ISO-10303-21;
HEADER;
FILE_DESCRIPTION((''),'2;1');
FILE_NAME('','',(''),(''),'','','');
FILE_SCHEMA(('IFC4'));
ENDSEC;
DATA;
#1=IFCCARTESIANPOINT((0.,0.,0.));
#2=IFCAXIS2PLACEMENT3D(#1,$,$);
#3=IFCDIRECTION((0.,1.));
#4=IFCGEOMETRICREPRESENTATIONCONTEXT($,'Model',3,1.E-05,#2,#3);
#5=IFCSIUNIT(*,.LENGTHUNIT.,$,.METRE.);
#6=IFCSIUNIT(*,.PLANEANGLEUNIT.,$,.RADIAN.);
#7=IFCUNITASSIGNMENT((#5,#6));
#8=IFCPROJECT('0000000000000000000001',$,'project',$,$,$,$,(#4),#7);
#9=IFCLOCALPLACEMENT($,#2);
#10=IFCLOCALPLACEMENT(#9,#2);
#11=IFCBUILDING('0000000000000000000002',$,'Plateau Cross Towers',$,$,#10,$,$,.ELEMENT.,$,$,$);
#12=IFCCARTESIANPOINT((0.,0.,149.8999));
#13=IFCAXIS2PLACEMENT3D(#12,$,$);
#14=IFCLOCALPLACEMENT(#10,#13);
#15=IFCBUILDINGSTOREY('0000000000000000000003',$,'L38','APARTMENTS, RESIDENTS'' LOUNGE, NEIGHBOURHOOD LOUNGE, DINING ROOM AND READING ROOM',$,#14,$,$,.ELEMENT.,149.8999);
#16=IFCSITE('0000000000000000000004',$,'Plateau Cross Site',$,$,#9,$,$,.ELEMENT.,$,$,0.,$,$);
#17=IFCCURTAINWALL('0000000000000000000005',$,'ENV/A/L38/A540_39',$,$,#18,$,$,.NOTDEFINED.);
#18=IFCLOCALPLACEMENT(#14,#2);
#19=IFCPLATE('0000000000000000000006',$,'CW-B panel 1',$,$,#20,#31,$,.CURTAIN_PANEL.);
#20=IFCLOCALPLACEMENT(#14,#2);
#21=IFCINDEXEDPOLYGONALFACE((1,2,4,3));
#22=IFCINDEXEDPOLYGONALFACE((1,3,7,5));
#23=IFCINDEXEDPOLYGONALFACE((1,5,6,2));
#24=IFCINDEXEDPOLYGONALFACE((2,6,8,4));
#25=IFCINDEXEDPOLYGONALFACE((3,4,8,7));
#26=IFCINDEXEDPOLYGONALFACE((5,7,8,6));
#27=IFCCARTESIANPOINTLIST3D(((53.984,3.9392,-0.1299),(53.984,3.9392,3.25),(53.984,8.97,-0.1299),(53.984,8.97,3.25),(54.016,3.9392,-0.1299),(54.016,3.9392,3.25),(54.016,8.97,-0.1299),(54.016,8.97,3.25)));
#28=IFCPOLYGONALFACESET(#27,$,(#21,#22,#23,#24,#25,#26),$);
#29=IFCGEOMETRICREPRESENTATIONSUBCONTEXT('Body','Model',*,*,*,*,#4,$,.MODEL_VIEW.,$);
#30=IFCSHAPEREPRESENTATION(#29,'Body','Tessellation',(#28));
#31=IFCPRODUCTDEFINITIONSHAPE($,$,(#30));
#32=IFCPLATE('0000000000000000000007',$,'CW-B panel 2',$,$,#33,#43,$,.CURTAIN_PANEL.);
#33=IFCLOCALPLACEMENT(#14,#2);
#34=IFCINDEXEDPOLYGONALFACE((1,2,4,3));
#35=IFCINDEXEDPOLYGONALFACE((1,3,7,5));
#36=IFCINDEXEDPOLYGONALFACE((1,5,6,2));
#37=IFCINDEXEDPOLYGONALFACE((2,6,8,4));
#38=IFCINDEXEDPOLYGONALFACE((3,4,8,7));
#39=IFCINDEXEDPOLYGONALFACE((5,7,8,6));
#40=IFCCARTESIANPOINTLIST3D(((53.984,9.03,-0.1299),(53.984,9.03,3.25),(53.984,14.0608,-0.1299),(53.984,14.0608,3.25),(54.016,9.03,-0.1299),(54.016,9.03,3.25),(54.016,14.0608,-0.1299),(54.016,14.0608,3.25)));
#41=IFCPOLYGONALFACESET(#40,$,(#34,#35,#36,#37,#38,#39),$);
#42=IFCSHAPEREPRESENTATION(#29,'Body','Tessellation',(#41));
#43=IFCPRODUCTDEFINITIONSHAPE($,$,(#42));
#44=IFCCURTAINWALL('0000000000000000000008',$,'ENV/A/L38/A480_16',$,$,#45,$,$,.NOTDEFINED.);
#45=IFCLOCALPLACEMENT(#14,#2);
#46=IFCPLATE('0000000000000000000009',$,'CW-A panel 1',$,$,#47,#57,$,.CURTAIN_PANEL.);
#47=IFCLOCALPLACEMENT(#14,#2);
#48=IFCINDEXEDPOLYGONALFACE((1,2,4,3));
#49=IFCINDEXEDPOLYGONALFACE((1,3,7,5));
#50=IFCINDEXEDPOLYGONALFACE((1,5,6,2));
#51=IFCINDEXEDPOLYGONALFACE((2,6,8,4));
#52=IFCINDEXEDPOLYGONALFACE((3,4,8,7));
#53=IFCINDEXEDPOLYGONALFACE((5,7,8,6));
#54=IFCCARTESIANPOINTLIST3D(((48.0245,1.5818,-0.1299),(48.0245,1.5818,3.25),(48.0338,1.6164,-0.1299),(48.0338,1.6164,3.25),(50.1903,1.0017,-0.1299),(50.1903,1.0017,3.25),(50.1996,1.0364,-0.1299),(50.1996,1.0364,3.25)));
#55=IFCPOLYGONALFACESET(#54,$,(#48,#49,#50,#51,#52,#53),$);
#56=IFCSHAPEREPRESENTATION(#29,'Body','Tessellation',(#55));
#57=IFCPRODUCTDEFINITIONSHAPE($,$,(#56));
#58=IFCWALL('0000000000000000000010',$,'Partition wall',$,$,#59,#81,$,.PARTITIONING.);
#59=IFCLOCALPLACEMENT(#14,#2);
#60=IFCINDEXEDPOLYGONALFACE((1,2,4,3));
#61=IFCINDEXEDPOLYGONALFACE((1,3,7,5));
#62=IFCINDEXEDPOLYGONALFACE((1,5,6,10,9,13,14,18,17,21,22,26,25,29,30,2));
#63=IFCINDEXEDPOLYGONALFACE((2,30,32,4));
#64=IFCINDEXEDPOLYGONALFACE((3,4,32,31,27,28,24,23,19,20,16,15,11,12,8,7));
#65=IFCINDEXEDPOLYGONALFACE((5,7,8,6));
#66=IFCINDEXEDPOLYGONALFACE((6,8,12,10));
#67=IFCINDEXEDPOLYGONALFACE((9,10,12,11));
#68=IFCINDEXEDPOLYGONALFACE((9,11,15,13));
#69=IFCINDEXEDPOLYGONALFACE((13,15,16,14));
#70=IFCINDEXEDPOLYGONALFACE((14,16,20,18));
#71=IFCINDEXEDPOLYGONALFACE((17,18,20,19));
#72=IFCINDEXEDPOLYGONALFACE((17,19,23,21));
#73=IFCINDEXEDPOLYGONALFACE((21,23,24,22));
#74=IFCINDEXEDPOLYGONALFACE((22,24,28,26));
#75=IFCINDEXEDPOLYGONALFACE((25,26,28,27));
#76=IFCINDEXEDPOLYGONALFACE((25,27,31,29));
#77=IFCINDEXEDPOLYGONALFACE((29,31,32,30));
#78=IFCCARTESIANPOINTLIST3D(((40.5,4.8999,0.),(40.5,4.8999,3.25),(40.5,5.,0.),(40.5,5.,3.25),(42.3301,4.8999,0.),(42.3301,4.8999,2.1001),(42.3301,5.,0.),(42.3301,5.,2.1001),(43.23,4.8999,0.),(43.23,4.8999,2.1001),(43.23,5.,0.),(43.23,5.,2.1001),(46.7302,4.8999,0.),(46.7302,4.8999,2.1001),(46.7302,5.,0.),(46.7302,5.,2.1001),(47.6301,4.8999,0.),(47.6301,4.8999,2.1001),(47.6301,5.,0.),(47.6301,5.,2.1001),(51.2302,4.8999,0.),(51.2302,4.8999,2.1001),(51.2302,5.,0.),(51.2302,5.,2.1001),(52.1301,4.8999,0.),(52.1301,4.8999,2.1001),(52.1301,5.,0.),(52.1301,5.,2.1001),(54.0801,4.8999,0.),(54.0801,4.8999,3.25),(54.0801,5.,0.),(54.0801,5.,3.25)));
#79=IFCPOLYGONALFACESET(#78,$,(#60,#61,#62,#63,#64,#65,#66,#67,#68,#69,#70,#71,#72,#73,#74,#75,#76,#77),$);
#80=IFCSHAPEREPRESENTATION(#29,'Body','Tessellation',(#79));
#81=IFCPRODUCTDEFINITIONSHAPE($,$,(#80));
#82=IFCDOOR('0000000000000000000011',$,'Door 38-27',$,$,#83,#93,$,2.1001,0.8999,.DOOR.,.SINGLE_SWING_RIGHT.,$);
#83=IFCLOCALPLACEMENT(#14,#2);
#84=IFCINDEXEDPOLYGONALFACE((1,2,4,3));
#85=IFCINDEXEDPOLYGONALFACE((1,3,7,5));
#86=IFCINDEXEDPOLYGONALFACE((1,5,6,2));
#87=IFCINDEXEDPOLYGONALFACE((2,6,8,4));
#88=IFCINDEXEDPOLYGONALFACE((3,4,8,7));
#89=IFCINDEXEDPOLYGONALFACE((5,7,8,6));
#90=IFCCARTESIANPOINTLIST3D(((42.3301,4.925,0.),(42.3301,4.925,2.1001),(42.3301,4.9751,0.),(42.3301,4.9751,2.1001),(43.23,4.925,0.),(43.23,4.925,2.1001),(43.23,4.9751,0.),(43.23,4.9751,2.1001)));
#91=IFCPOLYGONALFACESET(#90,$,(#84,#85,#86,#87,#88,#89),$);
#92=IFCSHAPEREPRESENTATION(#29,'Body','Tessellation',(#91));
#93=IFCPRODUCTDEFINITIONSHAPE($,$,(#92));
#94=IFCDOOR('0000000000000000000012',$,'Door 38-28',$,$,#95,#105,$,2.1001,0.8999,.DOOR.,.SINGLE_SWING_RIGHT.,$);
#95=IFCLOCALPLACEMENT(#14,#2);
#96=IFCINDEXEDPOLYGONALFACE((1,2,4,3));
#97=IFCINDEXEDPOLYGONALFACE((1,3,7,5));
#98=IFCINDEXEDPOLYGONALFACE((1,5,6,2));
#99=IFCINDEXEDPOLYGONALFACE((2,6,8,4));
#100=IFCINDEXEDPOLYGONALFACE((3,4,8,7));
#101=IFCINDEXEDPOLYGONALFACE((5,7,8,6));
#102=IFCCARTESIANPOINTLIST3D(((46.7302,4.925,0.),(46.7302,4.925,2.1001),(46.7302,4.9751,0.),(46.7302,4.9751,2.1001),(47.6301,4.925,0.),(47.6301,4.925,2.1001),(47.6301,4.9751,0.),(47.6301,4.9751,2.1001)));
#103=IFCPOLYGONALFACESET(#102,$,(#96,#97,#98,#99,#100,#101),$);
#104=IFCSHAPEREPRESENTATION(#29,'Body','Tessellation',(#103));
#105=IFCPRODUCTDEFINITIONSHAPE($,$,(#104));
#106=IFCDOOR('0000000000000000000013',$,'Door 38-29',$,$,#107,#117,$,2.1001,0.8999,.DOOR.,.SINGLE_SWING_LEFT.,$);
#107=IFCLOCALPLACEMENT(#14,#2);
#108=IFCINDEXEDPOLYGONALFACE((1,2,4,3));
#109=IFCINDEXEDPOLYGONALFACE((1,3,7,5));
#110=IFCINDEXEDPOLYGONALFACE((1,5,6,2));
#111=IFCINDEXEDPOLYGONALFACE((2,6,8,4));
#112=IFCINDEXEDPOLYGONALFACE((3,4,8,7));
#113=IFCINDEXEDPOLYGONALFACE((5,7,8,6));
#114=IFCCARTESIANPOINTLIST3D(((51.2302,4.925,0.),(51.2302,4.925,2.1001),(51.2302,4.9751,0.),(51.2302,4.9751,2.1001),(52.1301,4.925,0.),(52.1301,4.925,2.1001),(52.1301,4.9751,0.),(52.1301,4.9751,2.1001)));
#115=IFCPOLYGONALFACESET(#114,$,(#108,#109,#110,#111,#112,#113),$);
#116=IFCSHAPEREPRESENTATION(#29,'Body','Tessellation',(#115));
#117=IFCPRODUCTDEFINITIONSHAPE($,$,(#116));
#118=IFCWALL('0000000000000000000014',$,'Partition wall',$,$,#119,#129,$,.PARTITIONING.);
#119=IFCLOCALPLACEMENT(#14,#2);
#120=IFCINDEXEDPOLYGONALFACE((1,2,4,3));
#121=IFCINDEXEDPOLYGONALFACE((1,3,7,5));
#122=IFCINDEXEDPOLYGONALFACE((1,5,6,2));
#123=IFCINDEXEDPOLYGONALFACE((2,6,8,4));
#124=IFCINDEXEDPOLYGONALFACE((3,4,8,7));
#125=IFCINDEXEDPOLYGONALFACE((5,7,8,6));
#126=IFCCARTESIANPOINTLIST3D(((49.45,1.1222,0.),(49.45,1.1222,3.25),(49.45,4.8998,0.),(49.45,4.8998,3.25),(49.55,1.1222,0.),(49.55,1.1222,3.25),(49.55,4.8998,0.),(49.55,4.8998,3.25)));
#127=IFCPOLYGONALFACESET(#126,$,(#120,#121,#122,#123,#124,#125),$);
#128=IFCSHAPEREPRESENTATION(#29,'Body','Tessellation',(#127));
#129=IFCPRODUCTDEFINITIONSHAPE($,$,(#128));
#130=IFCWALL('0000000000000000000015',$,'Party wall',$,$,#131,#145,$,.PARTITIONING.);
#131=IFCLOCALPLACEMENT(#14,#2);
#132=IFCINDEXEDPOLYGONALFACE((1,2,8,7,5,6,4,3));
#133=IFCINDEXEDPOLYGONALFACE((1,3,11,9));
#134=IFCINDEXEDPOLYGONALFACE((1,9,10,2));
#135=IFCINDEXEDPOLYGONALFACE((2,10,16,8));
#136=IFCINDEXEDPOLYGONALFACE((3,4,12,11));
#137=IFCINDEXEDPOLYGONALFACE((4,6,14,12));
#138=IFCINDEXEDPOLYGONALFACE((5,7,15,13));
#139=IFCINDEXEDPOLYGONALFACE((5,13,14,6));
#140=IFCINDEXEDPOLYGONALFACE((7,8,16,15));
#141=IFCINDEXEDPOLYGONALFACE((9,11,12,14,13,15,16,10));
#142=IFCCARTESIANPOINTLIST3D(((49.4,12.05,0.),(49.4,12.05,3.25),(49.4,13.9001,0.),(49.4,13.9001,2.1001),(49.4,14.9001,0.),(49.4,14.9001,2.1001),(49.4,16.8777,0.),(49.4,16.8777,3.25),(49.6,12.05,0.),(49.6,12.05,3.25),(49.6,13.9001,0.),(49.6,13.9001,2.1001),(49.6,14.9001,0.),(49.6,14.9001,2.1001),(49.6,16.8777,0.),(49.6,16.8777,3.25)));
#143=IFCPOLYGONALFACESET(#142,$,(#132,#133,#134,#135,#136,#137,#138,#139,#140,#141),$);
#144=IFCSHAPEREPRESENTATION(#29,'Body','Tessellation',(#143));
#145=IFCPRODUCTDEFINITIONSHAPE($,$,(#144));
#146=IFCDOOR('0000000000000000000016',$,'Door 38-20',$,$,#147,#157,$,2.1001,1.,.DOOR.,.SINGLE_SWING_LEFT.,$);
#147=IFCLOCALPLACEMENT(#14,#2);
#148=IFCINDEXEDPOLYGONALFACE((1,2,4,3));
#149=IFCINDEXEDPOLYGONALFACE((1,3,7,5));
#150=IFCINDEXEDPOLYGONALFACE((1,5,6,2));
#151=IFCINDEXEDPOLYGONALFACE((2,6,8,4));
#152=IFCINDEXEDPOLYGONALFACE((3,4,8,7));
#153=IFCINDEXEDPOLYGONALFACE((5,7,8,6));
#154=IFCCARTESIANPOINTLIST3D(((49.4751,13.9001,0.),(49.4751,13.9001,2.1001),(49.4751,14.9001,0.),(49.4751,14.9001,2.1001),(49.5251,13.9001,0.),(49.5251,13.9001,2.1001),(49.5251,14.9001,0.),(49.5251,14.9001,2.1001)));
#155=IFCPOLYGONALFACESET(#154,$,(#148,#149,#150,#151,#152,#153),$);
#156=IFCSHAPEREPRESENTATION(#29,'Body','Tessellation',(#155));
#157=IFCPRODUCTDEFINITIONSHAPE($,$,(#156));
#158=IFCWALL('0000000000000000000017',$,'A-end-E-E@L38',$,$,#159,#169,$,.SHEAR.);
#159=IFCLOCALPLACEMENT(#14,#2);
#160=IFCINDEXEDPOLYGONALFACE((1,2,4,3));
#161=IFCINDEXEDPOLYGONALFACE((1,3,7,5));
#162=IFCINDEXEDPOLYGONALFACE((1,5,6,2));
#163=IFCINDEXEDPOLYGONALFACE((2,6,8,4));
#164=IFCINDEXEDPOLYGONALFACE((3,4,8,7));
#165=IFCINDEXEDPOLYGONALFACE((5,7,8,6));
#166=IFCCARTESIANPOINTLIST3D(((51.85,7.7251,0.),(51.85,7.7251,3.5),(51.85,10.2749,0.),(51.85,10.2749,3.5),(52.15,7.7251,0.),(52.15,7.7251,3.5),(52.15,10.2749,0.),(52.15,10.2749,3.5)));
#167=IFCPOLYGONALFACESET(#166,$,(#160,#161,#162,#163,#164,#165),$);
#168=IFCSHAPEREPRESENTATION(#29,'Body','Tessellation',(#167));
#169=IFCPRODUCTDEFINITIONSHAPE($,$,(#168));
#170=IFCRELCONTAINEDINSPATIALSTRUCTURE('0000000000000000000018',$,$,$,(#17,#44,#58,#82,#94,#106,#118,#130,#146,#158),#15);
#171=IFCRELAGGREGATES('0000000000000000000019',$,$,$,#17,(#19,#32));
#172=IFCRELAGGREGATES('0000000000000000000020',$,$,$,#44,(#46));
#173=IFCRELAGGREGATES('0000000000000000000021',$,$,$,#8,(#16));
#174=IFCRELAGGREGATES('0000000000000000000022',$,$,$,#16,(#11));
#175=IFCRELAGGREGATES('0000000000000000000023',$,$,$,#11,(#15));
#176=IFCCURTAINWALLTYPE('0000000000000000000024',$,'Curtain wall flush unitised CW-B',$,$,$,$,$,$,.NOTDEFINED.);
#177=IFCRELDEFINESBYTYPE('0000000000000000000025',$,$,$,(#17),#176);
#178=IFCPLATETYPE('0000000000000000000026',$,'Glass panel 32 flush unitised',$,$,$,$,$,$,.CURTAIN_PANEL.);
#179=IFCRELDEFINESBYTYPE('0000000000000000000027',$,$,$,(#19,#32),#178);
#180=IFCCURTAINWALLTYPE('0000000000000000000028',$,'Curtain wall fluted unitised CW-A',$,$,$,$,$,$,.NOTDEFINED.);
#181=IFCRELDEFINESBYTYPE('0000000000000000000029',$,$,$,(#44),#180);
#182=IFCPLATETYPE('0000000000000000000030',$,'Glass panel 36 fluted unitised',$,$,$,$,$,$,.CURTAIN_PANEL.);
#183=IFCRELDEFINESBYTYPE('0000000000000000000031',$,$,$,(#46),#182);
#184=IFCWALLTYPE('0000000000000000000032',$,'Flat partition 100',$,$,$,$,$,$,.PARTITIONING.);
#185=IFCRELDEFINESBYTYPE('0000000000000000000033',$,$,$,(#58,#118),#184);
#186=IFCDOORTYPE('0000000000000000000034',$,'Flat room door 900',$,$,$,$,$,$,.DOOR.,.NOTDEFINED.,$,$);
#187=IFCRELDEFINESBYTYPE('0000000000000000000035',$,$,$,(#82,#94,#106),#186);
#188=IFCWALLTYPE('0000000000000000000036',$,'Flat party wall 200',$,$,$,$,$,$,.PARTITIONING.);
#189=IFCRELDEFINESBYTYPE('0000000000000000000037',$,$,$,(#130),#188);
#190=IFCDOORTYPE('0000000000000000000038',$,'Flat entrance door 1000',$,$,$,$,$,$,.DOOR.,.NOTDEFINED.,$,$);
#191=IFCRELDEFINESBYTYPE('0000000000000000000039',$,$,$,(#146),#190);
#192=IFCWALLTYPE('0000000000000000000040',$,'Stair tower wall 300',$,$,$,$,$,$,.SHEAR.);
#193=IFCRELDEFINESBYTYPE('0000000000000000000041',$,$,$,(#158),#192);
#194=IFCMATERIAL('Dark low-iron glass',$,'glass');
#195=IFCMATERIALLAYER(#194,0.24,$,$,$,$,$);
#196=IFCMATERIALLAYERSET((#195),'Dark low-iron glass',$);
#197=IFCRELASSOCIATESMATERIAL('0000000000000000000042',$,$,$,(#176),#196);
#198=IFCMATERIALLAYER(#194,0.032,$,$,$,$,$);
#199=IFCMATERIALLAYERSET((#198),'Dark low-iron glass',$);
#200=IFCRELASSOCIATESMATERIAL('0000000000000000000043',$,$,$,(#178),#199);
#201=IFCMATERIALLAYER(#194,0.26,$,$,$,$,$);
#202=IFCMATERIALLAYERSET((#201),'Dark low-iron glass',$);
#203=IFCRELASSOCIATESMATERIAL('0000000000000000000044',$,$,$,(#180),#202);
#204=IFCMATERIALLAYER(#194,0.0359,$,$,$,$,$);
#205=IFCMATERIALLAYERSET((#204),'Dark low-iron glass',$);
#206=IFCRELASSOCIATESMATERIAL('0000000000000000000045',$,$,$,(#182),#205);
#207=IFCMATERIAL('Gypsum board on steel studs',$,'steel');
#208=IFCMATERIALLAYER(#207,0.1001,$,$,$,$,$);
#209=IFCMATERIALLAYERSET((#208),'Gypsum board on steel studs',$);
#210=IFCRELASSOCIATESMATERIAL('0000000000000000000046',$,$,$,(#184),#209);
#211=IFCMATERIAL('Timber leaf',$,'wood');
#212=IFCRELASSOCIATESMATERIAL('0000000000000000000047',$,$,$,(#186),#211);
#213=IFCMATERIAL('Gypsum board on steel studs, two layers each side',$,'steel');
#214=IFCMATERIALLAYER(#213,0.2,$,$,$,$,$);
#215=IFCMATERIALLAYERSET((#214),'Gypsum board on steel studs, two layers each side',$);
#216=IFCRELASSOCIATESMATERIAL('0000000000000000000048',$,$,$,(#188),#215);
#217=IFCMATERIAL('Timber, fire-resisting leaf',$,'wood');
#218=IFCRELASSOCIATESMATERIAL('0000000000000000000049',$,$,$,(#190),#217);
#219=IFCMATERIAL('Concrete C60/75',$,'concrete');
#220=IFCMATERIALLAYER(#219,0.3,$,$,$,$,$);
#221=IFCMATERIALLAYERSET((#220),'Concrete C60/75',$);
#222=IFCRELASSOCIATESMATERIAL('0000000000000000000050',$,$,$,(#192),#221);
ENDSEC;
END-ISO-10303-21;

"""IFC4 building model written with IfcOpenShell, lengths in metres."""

from ifc_helpers import new_model, si_unit, direction, frame, frame_2d, origin, origin_2d, place, context, subcontext, project, spatial, rectangle, extrude, material, layer, layer_set, type_object, element, fill, aggregate, save


model = new_model("IFC4")

# Units and contexts
model_context = context("Model", 3, precision=1e-05, world=origin(), true_north=direction((0.0, 1.0)))
body_context = subcontext(model_context, "Body", "Model", "MODEL_VIEW")
ifc_project = project(units=[si_unit("LENGTHUNIT", "METRE"), si_unit("PLANEANGLEUNIT", "RADIAN")], contexts=[model_context])

# Site, building, storey
site_placement = place(None, origin())
site = spatial("IfcSite", under=ifc_project, at=site_placement, Name="Plateau Cross Site", CompositionType="ELEMENT", RefElevation=0.0)
building_placement = place(site_placement, origin())
building = spatial("IfcBuilding", under=site, at=building_placement, Name="Plateau Cross Towers", CompositionType="ELEMENT")
storey_placement = place(building_placement, frame((0.0, 0.0, 149.8999)))
storey = spatial("IfcBuildingStorey", under=building, at=storey_placement, Name="L38", Description="APARTMENTS, RESIDENTS' LOUNGE, NEIGHBOURHOOD LOUNGE, DINING ROOM AND READING ROOM", CompositionType="ELEMENT", Elevation=149.8999)

# Shared definitions
ifc_material_1 = material(Name="Concrete C60/75", Category="concrete")

# Shared definitions
ifc_material_2 = material(Name="Dark low-iron glass", Category="glass")
ifc_layer_1 = layer(ifc_material_2, 0.24)
ifc_layer_set_1 = layer_set([ifc_layer_1], Name="Dark low-iron glass")
curtain_wall_type_1 = type_object("IfcCurtainWallType", Name="Curtain wall flush unitised CW-B", PredefinedType="NOTDEFINED", material=ifc_layer_set_1)

# Curtain wall
curtain_wall_1_placement = place(storey_placement, origin())
curtain_wall_1 = element("IfcCurtainWall", 1, at=curtain_wall_1_placement, inside=storey, type_object=curtain_wall_type_1, Name="ENV/A/L38/A540_39", PredefinedType="NOTDEFINED")

# Plates
ifc_layer_2 = layer(ifc_material_2, 0.032)
ifc_layer_set_2 = layer_set([ifc_layer_2], Name="Dark low-iron glass")
plate_type_1 = type_object("IfcPlateType", Name="Glass panel 32 flush unitised", PredefinedType="CURTAIN_PANEL", material=ifc_layer_set_2)
plate_1_placement = place(storey_placement, frame((54.0, 6.4546, -0.1299), z_axis=(0.0, 0.0, 1.0), x_axis=(0.0, 1.0, 0.0)))
plate_1 = element("IfcPlate", 2, at=plate_1_placement, type_object=plate_type_1, Name="CW-B panel 1", PredefinedType="CURTAIN_PANEL", context=body_context, shape_type="SweptSolid", body=[
    extrude(rectangle(XDim=5.0308, YDim=0.032, at=origin_2d()), origin(), (0.0, 0.0, 1.0), 3.3799),
])
plate_2_placement = place(storey_placement, frame((54.0, 11.5454, -0.1299), z_axis=(0.0, 0.0, 1.0), x_axis=(0.0, 1.0, 0.0)))
plate_2 = element("IfcPlate", 3, at=plate_2_placement, type_object=plate_type_1, Name="CW-B panel 2", PredefinedType="CURTAIN_PANEL", context=body_context, shape_type="SweptSolid", body=[
    extrude(rectangle(XDim=5.0308, YDim=0.032, at=origin_2d()), origin(), (0.0, 0.0, 1.0), 3.3799),
])
aggregate(curtain_wall_1, [plate_1, plate_2])

# Curtain wall, plate
ifc_layer_3 = layer(ifc_material_2, 0.26)
ifc_layer_set_3 = layer_set([ifc_layer_3], Name="Dark low-iron glass")
curtain_wall_type_2 = type_object("IfcCurtainWallType", Name="Curtain wall fluted unitised CW-A", PredefinedType="NOTDEFINED", material=ifc_layer_set_3)
curtain_wall_2_placement = place(storey_placement, origin())
curtain_wall_2 = element("IfcCurtainWall", 4, at=curtain_wall_2_placement, inside=storey, type_object=curtain_wall_type_2, Name="ENV/A/L38/A480_16", PredefinedType="NOTDEFINED")
ifc_layer_4 = layer(ifc_material_2, 0.0359)
ifc_layer_set_4 = layer_set([ifc_layer_4], Name="Dark low-iron glass")
plate_type_2 = type_object("IfcPlateType", Name="Glass panel 36 fluted unitised", PredefinedType="CURTAIN_PANEL", material=ifc_layer_set_4)
plate_3_placement = place(storey_placement, frame((49.1121, 1.3091, -0.1299), z_axis=(0.0, 0.0, 1.0), x_axis=(0.965958, -0.258699, 0.0)))
plate_3 = element("IfcPlate", 5, at=plate_3_placement, type_object=plate_type_2, Name="CW-A panel 1", PredefinedType="CURTAIN_PANEL", context=body_context, shape_type="SweptSolid", body=[
    extrude(rectangle(XDim=2.2422, YDim=0.0359, at=origin_2d()), origin(), (0.0, 0.0, 1.0), 3.3799),
])
aggregate(curtain_wall_2, [plate_3])

# Wall, openings, doors
ifc_material_3 = material(Name="Gypsum board on steel studs", Category="steel")
ifc_layer_5 = layer(ifc_material_3, 0.1001)
ifc_layer_set_5 = layer_set([ifc_layer_5], Name="Gypsum board on steel studs")
wall_type_1 = type_object("IfcWallType", Name="Flat partition 100", PredefinedType="PARTITIONING", material=ifc_layer_set_5)
wall_1_placement = place(storey_placement, frame((54.0801, 4.95, 0.0), z_axis=(0.0, 0.0, 1.0), x_axis=(-1.0, 0.0, 0.0)))
wall_1 = element("IfcWall", 6, at=wall_1_placement, inside=storey, type_object=wall_type_1, Name="Partition wall", PredefinedType="PARTITIONING", context=body_context, shape_type="SweptSolid", body=[
    extrude(rectangle(XDim=13.5801, YDim=0.1001, at=frame_2d((6.79, 0.0))), origin(), (0.0, 0.0, 1.0), 3.25),
])
opening_1_placement = place(wall_1_placement, frame((10.8501, 0.0, 0.0)))
opening_1 = element("IfcOpeningElement", 7, at=opening_1_placement, cuts=wall_1, PredefinedType="OPENING", context=body_context, shape_type="SweptSolid", body=[
    extrude(rectangle(XDim=0.8999, YDim=2.1001, at=frame_2d((0.45, 1.05))), frame((0.0, 0.0601, 0.0), z_axis=(0.0, -1.0, 0.0), x_axis=(1.0, 0.0, 0.0)), (0.0, 0.0, 1.0), 0.1201),
])
opening_2_placement = place(wall_1_placement, frame((6.45, 0.0, 0.0)))
opening_2 = element("IfcOpeningElement", 8, at=opening_2_placement, cuts=wall_1, PredefinedType="OPENING", context=body_context, shape_type="SweptSolid", body=[
    extrude(rectangle(XDim=0.8999, YDim=2.1001, at=frame_2d((0.45, 1.05))), frame((0.0, 0.0601, 0.0), z_axis=(0.0, -1.0, 0.0), x_axis=(1.0, 0.0, 0.0)), (0.0, 0.0, 1.0), 0.1201),
])
opening_3_placement = place(wall_1_placement, frame((1.95, 0.0, 0.0)))
opening_3 = element("IfcOpeningElement", 9, at=opening_3_placement, cuts=wall_1, PredefinedType="OPENING", context=body_context, shape_type="SweptSolid", body=[
    extrude(rectangle(XDim=0.8999, YDim=2.1001, at=frame_2d((0.45, 1.05))), frame((0.0, 0.0601, 0.0), z_axis=(0.0, -1.0, 0.0), x_axis=(1.0, 0.0, 0.0)), (0.0, 0.0, 1.0), 0.1201),
])
ifc_material_4 = material(Name="Timber leaf", Category="wood")
door_type_1 = type_object("IfcDoorType", Name="Flat room door 900", OperationType="NOTDEFINED", PredefinedType="DOOR", material=ifc_material_4)
door_1_placement = place(opening_1_placement, origin())
door_1 = element("IfcDoor", 10, at=door_1_placement, inside=storey, type_object=door_type_1, Name="Door 38-27", OperationType="SINGLE_SWING_RIGHT", OverallHeight=2.1001, OverallWidth=0.8999, PredefinedType="DOOR", context=body_context, shape_type="SweptSolid", body=[
    extrude(rectangle(XDim=0.8999, YDim=2.1001, at=frame_2d((0.45, 1.05))), frame((0.0, 0.0249, 0.0), z_axis=(0.0, -1.0, 0.0), x_axis=(1.0, 0.0, 0.0)), (0.0, 0.0, 1.0), 0.05),
])
fill(opening_1, door_1)
door_2_placement = place(opening_2_placement, origin())
door_2 = element("IfcDoor", 11, at=door_2_placement, inside=storey, type_object=door_type_1, Name="Door 38-28", OperationType="SINGLE_SWING_RIGHT", OverallHeight=2.1001, OverallWidth=0.8999, PredefinedType="DOOR", context=body_context, shape_type="SweptSolid", body=[
    extrude(rectangle(XDim=0.8999, YDim=2.1001, at=frame_2d((0.45, 1.05))), frame((0.0, 0.0249, 0.0), z_axis=(0.0, -1.0, 0.0), x_axis=(1.0, 0.0, 0.0)), (0.0, 0.0, 1.0), 0.05),
])
fill(opening_2, door_2)
door_3_placement = place(opening_3_placement, origin())
door_3 = element("IfcDoor", 12, at=door_3_placement, inside=storey, type_object=door_type_1, Name="Door 38-29", OperationType="SINGLE_SWING_LEFT", OverallHeight=2.1001, OverallWidth=0.8999, PredefinedType="DOOR", context=body_context, shape_type="SweptSolid", body=[
    extrude(rectangle(XDim=0.8999, YDim=2.1001, at=frame_2d((0.45, 1.05))), frame((0.0, 0.0249, 0.0), z_axis=(0.0, -1.0, 0.0), x_axis=(1.0, 0.0, 0.0)), (0.0, 0.0, 1.0), 0.05),
])
fill(opening_3, door_3)

# Wall
wall_2_placement = place(storey_placement, frame((49.5, 1.1223, 0.0), z_axis=(0.0, 0.0, 1.0), x_axis=(0.0, 1.0, 0.0)))
element("IfcWall", 13, at=wall_2_placement, inside=storey, type_object=wall_type_1, Name="Partition wall", PredefinedType="PARTITIONING", context=body_context, shape_type="SweptSolid", body=[
    extrude(rectangle(XDim=3.7776, YDim=0.1001, at=frame_2d((1.8887, 0.0))), origin(), (0.0, 0.0, 1.0), 3.25),
])

# Wall, opening, door
ifc_material_5 = material(Name="Gypsum board on steel studs, two layers each side", Category="steel")
ifc_layer_6 = layer(ifc_material_5, 0.2)
ifc_layer_set_6 = layer_set([ifc_layer_6], Name="Gypsum board on steel studs, two layers each side")
wall_type_2 = type_object("IfcWallType", Name="Flat party wall 200", PredefinedType="PARTITIONING", material=ifc_layer_set_6)
wall_3_placement = place(storey_placement, frame((49.5, 12.05, 0.0), z_axis=(0.0, 0.0, 1.0), x_axis=(0.0, 1.0, 0.0)))
wall_3 = element("IfcWall", 14, at=wall_3_placement, inside=storey, type_object=wall_type_2, Name="Party wall", PredefinedType="PARTITIONING", context=body_context, shape_type="SweptSolid", body=[
    extrude(rectangle(XDim=4.8276, YDim=0.2, at=frame_2d((2.4138, 0.0))), origin(), (0.0, 0.0, 1.0), 3.25),
])
opening_4_placement = place(wall_3_placement, frame((1.8501, 0.0, 0.0)))
opening_4 = element("IfcOpeningElement", 15, at=opening_4_placement, cuts=wall_3, PredefinedType="OPENING", context=body_context, shape_type="SweptSolid", body=[
    extrude(rectangle(XDim=1.0, YDim=2.1001, at=frame_2d((0.5, 1.05))), frame((0.0, 0.1099, 0.0), z_axis=(0.0, -1.0, 0.0), x_axis=(1.0, 0.0, 0.0)), (0.0, 0.0, 1.0), 0.22),
])
ifc_material_6 = material(Name="Timber, fire-resisting leaf", Category="wood")
door_type_2 = type_object("IfcDoorType", Name="Flat entrance door 1000", OperationType="NOTDEFINED", PredefinedType="DOOR", material=ifc_material_6)
door_4_placement = place(opening_4_placement, origin())
door_4 = element("IfcDoor", 16, at=door_4_placement, inside=storey, type_object=door_type_2, Name="Door 38-20", OperationType="SINGLE_SWING_LEFT", OverallHeight=2.1001, OverallWidth=1.0, PredefinedType="DOOR", context=body_context, shape_type="SweptSolid", body=[
    extrude(rectangle(XDim=1.0, YDim=2.1001, at=frame_2d((0.5, 1.05))), frame((0.0, 0.0249, 0.0), z_axis=(0.0, -1.0, 0.0), x_axis=(1.0, 0.0, 0.0)), (0.0, 0.0, 1.0), 0.05),
])
fill(opening_4, door_4)

# Wall
ifc_layer_7 = layer(ifc_material_1, 0.3)
ifc_layer_set_7 = layer_set([ifc_layer_7], Name="Concrete C60/75")
wall_type_3 = type_object("IfcWallType", Name="Stair tower wall 300", PredefinedType="SHEAR", material=ifc_layer_set_7)
wall_4_placement = place(storey_placement, frame((52.0, 7.7251, 0.0), z_axis=(0.0, 0.0, 1.0), x_axis=(0.0, 1.0, 0.0)))
element("IfcWall", 17, at=wall_4_placement, inside=storey, type_object=wall_type_3, Name="A-end-E-E@L38", PredefinedType="SHEAR", context=body_context, shape_type="SweptSolid", body=[
    extrude(rectangle(XDim=2.5498, YDim=0.3, at=frame_2d((1.2749, 0.0))), origin(), (0.0, 0.0, 1.0), 3.5),
])

save(model, "model.ifc")
